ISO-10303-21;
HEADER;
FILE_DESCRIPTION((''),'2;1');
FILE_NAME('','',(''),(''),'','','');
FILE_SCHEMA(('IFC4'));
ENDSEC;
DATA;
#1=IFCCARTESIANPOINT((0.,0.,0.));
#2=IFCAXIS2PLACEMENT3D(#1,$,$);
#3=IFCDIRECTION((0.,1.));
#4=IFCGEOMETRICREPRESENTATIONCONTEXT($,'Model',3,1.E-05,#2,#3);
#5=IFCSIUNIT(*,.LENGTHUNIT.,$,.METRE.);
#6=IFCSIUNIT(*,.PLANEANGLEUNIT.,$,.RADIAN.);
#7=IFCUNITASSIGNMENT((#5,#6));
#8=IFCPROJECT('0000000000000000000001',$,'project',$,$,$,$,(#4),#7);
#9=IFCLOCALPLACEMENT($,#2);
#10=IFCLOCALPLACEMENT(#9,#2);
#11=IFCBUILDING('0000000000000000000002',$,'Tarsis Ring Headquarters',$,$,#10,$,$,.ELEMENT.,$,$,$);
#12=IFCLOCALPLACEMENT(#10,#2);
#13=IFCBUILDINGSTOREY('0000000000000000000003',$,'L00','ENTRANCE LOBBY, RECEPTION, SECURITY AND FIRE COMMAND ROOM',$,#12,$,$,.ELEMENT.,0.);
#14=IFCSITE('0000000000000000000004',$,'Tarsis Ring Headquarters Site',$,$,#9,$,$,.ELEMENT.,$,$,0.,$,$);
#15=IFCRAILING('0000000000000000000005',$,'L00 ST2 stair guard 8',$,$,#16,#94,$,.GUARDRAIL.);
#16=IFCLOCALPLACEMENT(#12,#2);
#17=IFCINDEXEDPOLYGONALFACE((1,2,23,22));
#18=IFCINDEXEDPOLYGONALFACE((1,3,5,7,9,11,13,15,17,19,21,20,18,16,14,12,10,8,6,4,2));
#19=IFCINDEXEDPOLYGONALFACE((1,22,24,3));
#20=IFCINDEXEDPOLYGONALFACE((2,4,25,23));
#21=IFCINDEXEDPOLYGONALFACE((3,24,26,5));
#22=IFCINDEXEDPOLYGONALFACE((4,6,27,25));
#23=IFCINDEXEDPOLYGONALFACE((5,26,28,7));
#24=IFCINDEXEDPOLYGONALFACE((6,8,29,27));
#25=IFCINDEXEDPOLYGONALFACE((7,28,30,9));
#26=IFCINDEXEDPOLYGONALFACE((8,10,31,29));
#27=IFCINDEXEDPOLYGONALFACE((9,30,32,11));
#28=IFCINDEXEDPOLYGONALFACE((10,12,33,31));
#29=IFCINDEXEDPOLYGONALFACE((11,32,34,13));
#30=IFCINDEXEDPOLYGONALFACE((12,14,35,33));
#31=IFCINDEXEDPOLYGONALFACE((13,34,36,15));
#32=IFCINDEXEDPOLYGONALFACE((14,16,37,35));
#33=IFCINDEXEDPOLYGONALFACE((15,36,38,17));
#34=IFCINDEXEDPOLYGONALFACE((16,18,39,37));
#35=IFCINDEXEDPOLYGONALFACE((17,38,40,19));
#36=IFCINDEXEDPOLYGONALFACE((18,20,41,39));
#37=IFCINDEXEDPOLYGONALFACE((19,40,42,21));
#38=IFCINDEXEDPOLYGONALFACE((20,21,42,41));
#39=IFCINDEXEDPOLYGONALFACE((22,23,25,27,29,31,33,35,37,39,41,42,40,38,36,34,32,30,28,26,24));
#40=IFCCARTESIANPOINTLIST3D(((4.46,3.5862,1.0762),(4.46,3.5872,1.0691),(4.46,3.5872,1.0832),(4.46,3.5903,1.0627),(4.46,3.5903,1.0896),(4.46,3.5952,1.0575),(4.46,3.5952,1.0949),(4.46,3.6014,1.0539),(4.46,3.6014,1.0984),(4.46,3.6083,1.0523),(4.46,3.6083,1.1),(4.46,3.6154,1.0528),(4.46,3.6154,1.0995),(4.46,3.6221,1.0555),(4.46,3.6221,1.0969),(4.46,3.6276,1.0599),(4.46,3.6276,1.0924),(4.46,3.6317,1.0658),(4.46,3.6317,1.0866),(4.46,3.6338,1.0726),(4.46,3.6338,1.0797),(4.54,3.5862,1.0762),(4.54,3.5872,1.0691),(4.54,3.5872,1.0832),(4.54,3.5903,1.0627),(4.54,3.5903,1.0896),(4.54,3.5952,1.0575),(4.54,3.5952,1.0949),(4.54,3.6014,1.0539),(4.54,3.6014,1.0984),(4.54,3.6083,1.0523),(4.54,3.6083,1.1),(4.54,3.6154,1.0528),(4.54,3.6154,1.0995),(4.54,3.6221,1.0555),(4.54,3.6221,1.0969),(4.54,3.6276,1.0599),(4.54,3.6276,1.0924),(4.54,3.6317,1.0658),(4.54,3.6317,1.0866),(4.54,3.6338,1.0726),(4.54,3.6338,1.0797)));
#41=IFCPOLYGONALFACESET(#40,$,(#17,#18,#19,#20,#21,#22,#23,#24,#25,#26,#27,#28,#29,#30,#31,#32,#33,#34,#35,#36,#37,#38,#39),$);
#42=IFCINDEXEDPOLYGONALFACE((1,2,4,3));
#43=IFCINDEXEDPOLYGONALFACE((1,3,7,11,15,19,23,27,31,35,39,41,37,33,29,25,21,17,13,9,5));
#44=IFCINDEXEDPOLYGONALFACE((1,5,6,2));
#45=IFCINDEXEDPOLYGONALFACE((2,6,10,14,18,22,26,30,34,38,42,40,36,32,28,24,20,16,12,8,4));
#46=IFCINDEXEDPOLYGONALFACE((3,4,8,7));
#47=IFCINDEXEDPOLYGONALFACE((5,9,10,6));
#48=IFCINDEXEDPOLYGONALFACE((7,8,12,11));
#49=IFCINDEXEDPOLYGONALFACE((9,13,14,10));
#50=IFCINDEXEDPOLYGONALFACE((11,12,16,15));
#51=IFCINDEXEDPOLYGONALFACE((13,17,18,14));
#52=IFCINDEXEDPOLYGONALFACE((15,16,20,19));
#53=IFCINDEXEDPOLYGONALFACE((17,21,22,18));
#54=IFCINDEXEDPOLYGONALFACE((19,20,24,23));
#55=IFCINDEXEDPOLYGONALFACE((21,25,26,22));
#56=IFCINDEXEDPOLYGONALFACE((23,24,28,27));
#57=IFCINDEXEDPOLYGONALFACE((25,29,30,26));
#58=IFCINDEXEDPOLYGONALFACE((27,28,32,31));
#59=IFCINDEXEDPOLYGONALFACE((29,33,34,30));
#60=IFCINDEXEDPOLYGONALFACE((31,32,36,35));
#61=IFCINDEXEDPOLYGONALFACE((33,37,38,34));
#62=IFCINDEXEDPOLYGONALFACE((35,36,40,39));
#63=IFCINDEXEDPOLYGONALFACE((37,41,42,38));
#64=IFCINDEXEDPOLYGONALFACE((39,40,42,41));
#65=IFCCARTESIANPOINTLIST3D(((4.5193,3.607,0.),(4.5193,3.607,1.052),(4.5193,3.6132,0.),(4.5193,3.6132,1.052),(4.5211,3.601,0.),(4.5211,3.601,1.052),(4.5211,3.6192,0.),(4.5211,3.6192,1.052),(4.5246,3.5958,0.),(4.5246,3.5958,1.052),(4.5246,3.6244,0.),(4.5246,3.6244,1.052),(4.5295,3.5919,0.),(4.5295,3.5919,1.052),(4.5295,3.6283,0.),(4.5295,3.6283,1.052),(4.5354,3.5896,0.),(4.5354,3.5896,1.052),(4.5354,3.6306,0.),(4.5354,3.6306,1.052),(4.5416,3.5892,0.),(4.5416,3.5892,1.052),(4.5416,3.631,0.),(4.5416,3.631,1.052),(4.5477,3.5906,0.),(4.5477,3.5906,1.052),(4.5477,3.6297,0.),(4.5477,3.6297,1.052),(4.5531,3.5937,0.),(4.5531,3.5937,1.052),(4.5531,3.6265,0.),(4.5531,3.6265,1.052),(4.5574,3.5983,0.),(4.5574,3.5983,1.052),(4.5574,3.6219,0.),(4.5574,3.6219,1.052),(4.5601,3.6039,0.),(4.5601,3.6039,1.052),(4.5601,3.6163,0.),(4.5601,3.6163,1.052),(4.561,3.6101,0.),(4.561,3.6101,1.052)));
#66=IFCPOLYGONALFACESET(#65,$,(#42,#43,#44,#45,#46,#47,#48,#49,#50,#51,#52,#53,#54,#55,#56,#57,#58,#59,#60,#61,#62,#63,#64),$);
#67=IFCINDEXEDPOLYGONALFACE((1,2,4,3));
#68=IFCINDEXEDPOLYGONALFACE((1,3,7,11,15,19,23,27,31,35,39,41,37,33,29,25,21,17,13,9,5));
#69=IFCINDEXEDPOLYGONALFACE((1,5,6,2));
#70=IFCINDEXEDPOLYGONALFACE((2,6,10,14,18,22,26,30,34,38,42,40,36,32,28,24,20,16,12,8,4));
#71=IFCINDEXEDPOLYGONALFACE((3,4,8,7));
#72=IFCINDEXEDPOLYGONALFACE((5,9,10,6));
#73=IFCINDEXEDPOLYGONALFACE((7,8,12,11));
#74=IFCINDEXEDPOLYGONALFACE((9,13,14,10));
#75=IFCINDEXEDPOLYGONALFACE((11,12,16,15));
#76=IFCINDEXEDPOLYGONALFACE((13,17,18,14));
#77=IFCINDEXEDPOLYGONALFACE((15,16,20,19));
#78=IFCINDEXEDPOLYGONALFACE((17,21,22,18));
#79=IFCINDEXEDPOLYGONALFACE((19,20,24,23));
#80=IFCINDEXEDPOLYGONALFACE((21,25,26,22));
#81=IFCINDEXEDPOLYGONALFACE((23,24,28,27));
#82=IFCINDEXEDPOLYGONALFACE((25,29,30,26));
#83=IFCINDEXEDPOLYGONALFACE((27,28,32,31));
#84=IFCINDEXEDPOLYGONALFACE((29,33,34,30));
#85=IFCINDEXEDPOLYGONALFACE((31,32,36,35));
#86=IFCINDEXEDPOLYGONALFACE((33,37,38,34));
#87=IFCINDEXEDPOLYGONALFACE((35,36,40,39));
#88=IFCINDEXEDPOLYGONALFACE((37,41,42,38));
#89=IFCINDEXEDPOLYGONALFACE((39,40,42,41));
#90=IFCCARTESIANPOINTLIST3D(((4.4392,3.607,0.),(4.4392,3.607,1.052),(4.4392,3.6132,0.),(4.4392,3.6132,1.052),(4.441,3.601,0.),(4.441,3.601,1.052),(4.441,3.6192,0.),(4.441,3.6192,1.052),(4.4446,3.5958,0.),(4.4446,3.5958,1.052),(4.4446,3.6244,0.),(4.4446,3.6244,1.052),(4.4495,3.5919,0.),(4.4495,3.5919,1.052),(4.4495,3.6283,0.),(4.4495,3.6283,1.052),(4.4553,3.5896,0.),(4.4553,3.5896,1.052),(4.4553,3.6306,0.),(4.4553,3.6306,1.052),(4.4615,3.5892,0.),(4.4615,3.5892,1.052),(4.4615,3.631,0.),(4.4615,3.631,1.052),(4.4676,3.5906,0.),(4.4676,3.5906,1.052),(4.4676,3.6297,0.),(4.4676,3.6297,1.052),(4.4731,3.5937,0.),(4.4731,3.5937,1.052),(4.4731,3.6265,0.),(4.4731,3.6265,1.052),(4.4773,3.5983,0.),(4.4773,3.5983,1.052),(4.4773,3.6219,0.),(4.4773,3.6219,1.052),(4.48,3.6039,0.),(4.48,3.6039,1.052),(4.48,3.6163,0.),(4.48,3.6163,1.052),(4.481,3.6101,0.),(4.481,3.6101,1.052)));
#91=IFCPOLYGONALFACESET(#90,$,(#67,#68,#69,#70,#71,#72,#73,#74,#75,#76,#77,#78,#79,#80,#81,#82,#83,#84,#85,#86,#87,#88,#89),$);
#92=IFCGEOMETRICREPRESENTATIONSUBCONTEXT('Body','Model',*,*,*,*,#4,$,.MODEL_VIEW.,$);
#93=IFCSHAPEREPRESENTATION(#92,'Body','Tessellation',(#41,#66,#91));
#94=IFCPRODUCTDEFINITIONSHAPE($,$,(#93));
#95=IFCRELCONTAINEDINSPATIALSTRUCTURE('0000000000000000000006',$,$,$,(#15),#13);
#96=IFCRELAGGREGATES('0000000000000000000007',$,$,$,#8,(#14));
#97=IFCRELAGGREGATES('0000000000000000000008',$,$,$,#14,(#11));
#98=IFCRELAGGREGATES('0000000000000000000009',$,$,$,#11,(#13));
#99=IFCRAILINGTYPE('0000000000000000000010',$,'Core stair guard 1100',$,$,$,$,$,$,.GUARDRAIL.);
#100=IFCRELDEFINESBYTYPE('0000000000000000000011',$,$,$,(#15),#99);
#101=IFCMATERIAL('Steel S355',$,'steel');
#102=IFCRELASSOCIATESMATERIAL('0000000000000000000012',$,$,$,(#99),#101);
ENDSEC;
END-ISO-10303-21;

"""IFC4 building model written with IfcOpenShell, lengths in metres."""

from ifc_helpers import new_model, si_unit, direction, frame, origin, origin_2d, place, context, subcontext, project, spatial, circle, extrude, material, type_object, element, save


model = new_model("IFC4")

# Units and contexts
model_context = context("Model", 3, precision=1e-05, world=origin(), true_north=direction((0.0, 1.0)))
body_context = subcontext(model_context, "Body", "Model", "MODEL_VIEW")
ifc_project = project(units=[si_unit("LENGTHUNIT", "METRE"), si_unit("PLANEANGLEUNIT", "RADIAN")], contexts=[model_context])

# Site, building, storey
site_placement = place(None, origin())
site = spatial("IfcSite", under=ifc_project, at=site_placement, Name="Tarsis Ring Headquarters Site", CompositionType="ELEMENT", RefElevation=0.0)
building_placement = place(site_placement, origin())
building = spatial("IfcBuilding", under=site, at=building_placement, Name="Tarsis Ring Headquarters", CompositionType="ELEMENT")
storey_placement = place(building_placement, origin())
storey = spatial("IfcBuildingStorey", under=building, at=storey_placement, Name="L00", Description="ENTRANCE LOBBY, RECEPTION, SECURITY AND FIRE COMMAND ROOM", CompositionType="ELEMENT", Elevation=0.0)

# Railing
ifc_material_1 = material(Name="Steel S355", Category="steel")
railing_type_1 = type_object("IfcRailingType", Name="Core stair guard 1100", PredefinedType="GUARDRAIL", material=ifc_material_1)
railing_1_placement = place(storey_placement, frame((4.54, 3.6101, 0.0)))
element("IfcRailing", 1, at=railing_1_placement, inside=storey, type_object=railing_type_1, Name="L00 ST2 stair guard 8", PredefinedType="GUARDRAIL", context=body_context, shape_type="SweptSolid", body=[
    extrude(circle(Radius=0.0239, at=origin_2d()), frame((0.0, 0.0, 1.0762), z_axis=(-1.0, 0.0, 0.0), x_axis=(0.0, -1.0, 0.0)), (0.0, 0.0, 1.0), 0.0801),
    extrude(circle(Radius=0.021, at=origin_2d()), origin(), (0.0, 0.0, 1.0), 1.052),
    extrude(circle(Radius=0.021, at=origin_2d()), frame((-0.0801, 0.0, 0.0)), (0.0, 0.0, 1.0), 1.052),
])

save(model, "model.ifc")
